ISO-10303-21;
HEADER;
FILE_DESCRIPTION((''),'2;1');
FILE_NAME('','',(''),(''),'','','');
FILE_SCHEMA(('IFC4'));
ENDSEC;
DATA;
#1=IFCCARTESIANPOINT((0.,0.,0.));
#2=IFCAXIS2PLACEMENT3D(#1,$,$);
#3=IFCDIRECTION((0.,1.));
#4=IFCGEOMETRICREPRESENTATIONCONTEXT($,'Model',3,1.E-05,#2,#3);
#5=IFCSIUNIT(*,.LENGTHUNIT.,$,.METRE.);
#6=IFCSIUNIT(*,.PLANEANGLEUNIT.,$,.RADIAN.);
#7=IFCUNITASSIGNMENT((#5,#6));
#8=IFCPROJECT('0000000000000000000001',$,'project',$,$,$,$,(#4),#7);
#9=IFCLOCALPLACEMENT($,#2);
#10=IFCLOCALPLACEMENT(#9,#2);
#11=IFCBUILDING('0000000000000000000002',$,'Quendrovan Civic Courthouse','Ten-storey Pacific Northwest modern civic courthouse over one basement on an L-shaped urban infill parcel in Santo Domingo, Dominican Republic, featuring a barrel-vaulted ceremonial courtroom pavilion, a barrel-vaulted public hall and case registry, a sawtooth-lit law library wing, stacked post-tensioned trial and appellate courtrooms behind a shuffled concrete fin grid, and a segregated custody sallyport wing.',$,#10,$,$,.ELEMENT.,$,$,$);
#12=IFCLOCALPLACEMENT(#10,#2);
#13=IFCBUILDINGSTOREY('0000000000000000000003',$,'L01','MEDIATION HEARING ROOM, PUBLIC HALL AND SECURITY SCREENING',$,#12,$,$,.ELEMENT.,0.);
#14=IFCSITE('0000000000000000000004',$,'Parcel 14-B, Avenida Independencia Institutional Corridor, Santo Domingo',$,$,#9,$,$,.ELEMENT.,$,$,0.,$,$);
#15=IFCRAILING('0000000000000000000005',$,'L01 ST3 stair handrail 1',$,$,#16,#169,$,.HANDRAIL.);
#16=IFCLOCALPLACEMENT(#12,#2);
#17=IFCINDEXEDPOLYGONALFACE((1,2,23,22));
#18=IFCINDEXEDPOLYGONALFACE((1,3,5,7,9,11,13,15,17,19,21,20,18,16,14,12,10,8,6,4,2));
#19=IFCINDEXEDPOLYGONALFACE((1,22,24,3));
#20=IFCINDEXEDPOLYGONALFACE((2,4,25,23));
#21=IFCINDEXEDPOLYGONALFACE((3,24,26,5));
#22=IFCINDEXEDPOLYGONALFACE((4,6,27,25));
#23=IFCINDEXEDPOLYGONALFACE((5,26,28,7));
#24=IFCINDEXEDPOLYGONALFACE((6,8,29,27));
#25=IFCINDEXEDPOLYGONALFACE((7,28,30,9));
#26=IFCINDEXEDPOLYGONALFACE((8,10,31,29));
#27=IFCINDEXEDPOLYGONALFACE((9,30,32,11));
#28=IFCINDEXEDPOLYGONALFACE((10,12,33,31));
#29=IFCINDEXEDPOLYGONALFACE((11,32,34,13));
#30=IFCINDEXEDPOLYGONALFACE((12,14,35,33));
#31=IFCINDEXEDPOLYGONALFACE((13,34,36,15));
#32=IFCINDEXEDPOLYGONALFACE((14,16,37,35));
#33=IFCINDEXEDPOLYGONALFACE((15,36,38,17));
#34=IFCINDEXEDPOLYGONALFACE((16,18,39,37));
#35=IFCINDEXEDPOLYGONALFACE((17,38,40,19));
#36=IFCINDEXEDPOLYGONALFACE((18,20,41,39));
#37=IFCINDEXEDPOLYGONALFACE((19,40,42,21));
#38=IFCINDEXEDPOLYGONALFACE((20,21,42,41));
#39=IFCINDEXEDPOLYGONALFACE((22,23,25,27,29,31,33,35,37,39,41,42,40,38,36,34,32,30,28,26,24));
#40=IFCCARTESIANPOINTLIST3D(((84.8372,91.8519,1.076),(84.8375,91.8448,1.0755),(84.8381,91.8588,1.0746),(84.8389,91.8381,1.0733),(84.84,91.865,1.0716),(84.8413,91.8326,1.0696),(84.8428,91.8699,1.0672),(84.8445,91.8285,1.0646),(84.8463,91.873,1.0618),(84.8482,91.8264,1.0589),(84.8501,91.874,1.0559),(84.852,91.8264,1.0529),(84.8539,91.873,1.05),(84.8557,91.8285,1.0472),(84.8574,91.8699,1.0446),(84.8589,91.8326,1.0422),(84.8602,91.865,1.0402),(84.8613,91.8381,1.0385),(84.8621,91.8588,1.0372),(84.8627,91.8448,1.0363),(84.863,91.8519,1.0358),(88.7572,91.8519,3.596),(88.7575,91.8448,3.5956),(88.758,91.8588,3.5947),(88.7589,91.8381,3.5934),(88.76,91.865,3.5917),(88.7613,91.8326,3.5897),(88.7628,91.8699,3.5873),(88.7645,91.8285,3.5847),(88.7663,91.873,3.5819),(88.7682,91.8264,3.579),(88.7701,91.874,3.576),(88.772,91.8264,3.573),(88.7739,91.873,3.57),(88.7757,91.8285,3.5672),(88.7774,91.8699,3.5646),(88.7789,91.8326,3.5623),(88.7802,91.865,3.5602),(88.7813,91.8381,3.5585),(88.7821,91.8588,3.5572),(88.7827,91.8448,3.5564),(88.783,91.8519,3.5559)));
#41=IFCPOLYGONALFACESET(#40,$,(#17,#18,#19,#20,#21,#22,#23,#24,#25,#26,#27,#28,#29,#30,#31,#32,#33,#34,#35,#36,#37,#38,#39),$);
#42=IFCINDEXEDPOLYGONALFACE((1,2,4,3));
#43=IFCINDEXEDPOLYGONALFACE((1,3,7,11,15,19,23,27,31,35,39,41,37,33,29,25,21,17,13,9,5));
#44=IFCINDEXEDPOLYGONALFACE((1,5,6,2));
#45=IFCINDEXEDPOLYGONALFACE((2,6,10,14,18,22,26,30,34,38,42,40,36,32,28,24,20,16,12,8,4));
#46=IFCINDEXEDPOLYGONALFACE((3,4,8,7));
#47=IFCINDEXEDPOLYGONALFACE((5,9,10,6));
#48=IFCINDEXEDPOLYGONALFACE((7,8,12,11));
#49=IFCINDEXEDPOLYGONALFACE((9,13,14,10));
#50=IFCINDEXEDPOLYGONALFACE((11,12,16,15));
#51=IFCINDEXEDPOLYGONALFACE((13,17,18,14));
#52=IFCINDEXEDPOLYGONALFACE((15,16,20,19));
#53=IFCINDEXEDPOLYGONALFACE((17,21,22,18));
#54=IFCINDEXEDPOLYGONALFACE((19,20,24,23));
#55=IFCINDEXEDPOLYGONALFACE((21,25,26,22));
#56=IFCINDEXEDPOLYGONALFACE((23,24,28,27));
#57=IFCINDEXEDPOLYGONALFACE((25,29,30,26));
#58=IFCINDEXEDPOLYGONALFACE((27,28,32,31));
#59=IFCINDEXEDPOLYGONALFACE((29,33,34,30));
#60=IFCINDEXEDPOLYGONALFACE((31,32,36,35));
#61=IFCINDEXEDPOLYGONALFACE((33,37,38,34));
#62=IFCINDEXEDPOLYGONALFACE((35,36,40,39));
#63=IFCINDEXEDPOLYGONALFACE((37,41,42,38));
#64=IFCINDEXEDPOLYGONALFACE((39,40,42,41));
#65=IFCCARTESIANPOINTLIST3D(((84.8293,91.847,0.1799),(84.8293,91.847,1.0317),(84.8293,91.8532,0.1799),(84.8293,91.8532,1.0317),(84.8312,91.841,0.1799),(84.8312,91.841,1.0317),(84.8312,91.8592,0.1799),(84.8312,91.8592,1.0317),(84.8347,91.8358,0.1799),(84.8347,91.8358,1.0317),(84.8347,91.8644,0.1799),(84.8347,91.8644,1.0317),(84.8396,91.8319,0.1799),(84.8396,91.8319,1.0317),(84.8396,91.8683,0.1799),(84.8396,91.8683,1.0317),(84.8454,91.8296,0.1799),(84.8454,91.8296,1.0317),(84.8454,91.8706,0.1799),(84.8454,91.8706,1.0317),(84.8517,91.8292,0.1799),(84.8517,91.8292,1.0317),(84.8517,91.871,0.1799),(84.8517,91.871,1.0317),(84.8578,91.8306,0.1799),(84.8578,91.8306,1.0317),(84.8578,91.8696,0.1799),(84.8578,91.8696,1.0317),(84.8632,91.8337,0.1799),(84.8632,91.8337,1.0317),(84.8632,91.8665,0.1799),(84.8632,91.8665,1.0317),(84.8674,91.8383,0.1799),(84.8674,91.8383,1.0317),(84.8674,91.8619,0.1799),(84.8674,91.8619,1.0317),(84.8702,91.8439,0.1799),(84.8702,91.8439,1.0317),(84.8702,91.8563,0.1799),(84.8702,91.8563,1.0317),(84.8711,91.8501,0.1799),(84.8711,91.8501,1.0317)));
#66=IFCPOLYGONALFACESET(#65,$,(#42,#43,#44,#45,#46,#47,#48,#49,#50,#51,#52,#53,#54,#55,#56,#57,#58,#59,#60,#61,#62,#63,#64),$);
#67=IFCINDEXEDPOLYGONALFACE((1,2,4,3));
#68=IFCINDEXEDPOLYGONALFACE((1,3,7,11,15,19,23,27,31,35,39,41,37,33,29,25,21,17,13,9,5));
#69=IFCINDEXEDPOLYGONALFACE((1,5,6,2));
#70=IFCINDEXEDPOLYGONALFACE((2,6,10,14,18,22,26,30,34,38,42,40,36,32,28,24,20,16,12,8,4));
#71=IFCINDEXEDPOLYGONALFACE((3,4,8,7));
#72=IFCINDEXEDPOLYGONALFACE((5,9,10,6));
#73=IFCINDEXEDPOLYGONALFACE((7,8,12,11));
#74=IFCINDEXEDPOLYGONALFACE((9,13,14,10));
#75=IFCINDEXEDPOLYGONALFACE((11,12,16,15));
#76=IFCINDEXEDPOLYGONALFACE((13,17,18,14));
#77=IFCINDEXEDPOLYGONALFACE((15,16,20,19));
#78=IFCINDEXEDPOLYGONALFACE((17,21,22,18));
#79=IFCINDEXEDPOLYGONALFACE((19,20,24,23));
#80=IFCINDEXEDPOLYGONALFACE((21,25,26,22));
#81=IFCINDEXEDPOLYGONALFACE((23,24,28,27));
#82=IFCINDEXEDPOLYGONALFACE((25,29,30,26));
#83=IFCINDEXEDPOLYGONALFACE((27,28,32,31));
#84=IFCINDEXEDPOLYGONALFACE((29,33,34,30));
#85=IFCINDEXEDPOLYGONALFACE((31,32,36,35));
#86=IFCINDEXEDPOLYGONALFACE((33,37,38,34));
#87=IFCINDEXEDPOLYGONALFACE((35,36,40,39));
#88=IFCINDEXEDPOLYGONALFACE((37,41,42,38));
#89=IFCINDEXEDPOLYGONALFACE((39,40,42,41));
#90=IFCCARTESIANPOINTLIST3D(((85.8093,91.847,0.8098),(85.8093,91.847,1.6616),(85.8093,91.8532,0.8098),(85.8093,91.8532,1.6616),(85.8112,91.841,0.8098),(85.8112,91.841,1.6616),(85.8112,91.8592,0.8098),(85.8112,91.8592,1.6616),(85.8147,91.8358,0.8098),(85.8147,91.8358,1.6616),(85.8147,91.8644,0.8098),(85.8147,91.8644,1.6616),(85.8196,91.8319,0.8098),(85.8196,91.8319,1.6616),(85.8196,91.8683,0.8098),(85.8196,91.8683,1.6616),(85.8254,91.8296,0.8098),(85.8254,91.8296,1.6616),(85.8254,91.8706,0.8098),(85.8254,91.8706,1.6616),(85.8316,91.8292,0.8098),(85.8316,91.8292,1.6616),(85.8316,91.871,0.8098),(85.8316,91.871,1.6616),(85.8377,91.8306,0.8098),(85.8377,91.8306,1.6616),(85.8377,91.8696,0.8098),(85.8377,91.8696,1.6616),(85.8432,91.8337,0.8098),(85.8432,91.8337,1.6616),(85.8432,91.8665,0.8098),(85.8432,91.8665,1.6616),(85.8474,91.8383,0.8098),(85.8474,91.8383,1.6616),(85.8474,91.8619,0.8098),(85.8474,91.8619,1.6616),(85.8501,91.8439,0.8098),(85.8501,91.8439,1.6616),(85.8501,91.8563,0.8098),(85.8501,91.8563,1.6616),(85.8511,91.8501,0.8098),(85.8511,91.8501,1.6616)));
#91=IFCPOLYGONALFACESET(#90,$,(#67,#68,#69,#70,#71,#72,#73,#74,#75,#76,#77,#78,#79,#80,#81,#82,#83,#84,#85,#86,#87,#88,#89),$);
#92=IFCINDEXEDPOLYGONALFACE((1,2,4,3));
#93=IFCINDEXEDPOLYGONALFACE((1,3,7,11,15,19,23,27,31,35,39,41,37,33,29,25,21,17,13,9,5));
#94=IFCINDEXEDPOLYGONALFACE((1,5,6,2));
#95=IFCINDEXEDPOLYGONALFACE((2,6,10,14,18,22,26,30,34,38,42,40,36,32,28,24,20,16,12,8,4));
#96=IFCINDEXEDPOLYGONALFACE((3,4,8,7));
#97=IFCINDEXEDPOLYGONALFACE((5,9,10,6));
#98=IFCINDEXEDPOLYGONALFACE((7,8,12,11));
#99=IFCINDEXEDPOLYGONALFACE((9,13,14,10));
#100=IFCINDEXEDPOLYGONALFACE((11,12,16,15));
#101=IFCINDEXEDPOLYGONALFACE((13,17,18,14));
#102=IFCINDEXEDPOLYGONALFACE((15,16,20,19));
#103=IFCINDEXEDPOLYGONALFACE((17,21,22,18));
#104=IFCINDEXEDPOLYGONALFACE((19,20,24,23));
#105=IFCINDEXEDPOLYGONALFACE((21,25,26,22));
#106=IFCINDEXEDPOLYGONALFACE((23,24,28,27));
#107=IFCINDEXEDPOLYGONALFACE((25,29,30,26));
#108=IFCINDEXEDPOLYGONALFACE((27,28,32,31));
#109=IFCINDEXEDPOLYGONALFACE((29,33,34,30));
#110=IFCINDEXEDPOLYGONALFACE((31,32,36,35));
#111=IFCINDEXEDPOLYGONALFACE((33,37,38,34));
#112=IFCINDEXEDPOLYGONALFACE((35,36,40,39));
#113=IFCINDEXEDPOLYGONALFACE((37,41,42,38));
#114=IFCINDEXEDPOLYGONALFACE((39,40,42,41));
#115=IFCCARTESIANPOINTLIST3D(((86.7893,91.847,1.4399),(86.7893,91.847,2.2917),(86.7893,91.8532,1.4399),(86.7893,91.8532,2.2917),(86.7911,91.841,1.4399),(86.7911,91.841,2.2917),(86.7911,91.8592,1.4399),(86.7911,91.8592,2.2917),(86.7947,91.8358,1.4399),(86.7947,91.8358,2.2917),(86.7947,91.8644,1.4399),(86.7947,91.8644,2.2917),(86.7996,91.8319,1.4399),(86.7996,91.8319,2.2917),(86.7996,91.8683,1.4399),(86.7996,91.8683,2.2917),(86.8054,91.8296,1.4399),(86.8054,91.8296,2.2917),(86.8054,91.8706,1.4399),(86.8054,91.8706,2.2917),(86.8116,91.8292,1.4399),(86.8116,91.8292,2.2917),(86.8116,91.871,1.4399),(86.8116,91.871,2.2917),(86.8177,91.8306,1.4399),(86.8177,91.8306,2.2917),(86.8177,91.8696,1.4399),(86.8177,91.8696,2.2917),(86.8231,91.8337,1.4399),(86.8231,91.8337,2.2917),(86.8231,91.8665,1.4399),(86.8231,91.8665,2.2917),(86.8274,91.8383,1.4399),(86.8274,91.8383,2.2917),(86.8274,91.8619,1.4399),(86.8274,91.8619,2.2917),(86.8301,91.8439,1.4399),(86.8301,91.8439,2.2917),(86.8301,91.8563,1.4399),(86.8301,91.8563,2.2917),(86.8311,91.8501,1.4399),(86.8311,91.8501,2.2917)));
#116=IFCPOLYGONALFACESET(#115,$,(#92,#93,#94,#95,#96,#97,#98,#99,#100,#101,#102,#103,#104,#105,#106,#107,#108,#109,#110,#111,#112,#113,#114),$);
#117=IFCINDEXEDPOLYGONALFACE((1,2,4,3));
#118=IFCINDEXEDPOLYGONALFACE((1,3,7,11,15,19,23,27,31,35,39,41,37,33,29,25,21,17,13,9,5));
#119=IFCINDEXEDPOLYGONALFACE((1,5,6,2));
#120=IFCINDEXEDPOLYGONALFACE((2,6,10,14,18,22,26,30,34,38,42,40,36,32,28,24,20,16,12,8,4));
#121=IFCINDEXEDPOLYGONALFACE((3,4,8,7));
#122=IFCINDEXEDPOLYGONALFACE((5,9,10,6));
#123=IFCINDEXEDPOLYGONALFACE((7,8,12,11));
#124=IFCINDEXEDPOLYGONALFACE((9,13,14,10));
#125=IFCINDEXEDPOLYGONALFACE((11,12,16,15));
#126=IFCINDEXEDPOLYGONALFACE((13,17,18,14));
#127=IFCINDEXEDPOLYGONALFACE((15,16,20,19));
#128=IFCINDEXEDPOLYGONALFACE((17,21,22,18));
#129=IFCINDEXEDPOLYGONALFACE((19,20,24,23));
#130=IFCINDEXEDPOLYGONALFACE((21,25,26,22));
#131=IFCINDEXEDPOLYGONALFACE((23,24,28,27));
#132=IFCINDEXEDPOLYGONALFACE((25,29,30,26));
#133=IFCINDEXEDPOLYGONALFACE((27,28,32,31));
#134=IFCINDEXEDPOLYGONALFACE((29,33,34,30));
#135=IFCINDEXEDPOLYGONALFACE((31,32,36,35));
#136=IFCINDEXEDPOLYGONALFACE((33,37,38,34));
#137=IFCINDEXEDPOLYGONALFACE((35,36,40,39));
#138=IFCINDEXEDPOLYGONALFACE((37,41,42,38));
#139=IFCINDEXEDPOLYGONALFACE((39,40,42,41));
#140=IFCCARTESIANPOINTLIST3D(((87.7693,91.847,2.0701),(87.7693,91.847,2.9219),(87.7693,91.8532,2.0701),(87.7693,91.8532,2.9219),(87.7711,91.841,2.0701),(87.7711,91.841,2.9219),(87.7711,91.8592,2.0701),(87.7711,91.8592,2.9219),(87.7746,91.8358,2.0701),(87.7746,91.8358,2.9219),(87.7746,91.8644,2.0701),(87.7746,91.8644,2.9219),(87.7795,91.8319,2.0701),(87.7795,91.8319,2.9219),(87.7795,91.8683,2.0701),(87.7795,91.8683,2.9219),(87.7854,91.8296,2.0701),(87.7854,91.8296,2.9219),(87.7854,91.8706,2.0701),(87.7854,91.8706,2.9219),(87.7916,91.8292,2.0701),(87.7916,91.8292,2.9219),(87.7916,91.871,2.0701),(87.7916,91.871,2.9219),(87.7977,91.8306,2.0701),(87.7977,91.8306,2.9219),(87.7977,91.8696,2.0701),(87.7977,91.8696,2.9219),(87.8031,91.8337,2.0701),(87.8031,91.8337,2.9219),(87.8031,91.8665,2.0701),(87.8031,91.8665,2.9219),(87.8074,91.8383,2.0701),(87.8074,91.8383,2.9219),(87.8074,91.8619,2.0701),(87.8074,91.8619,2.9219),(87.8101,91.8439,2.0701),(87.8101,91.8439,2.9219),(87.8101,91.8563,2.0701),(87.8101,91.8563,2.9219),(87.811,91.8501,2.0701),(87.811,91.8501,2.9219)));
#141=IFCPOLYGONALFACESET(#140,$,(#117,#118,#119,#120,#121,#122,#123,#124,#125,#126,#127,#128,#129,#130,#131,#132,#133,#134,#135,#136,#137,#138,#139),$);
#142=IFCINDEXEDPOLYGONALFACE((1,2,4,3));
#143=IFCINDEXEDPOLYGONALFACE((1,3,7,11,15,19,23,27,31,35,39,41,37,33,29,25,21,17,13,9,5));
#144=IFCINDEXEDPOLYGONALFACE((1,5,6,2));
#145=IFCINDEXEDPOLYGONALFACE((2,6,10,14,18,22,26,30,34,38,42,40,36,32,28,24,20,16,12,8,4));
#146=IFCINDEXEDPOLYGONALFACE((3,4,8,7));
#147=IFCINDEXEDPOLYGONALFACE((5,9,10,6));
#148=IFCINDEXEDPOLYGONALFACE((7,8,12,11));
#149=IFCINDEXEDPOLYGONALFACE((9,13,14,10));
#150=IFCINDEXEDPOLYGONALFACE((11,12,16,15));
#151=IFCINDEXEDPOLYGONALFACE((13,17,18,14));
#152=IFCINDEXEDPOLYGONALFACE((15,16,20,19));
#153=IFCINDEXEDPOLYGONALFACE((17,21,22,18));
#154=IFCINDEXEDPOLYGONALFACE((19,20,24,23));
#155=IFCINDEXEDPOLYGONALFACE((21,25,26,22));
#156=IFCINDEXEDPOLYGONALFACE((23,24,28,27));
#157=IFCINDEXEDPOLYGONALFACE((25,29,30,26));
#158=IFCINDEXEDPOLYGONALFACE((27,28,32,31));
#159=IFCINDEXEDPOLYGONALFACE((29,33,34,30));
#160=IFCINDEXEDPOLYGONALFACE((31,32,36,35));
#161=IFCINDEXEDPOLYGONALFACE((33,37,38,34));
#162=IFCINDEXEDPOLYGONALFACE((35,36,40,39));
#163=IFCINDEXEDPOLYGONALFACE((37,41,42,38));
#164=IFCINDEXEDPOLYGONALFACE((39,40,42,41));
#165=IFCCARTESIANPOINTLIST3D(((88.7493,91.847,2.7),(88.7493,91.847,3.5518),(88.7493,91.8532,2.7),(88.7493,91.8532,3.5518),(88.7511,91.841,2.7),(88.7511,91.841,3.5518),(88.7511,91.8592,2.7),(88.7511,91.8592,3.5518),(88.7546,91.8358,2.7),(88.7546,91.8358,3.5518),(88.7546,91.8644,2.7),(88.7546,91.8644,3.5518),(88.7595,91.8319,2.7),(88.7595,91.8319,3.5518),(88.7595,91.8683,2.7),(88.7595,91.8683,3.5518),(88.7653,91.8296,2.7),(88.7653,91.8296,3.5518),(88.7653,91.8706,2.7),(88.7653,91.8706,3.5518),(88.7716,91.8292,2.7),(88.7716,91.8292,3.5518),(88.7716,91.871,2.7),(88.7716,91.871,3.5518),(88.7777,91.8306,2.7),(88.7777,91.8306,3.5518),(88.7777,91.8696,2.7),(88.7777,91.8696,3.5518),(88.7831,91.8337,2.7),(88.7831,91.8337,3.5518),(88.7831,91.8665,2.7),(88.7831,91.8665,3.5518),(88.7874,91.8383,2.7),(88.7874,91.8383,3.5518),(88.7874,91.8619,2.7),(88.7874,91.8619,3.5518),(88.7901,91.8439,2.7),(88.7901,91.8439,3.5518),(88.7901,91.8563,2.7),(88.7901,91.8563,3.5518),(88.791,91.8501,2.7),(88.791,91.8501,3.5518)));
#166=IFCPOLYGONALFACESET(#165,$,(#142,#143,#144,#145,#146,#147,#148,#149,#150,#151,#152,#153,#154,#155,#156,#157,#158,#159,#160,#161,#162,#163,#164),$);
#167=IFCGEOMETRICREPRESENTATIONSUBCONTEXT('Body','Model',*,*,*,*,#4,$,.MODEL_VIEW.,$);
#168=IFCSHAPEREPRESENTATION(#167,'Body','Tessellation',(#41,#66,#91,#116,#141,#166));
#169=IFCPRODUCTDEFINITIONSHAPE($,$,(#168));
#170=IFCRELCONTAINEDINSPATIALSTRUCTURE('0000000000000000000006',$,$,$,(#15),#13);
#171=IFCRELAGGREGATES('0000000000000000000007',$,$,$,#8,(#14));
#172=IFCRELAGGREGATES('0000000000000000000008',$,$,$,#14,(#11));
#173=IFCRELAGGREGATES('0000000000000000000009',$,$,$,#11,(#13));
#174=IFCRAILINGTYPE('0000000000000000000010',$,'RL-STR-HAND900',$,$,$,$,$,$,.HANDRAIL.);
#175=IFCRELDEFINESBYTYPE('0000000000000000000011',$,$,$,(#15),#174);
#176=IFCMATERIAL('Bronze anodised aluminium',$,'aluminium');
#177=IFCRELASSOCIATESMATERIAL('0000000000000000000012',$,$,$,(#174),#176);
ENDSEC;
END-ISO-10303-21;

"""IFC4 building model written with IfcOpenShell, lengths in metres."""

from ifc_helpers import new_model, si_unit, direction, frame, origin, origin_2d, place, context, subcontext, project, spatial, circle, extrude, material, type_object, element, save


model = new_model("IFC4")

# Units and contexts
model_context = context("Model", 3, precision=1e-05, world=origin(), true_north=direction((0.0, 1.0)))
body_context = subcontext(model_context, "Body", "Model", "MODEL_VIEW")
ifc_project = project(units=[si_unit("LENGTHUNIT", "METRE"), si_unit("PLANEANGLEUNIT", "RADIAN")], contexts=[model_context])

# Site, building, storey
site_placement = place(None, origin())
site = spatial("IfcSite", under=ifc_project, at=site_placement, Name="Parcel 14-B, Avenida Independencia Institutional Corridor, Santo Domingo", CompositionType="ELEMENT", RefElevation=0.0)
building_placement = place(site_placement, origin())
building = spatial("IfcBuilding", under=site, at=building_placement, Name="Quendrovan Civic Courthouse", Description="Ten-storey Pacific Northwest modern civic courthouse over one basement on an L-shaped urban infill parcel in Santo Domingo, Dominican Republic, featuring a barrel-vaulted ceremonial courtroom pavilion, a barrel-vaulted public hall and case registry, a sawtooth-lit law library wing, stacked post-tensioned trial and appellate courtrooms behind a shuffled concrete fin grid, and a segregated custody sallyport wing.", CompositionType="ELEMENT")
storey_placement = place(building_placement, origin())
storey = spatial("IfcBuildingStorey", under=building, at=storey_placement, Name="L01", Description="MEDIATION HEARING ROOM, PUBLIC HALL AND SECURITY SCREENING", CompositionType="ELEMENT", Elevation=0.0)

# Railing
ifc_material_1 = material(Name="Bronze anodised aluminium", Category="aluminium")
railing_type_1 = type_object("IfcRailingType", Name="RL-STR-HAND900", PredefinedType="HANDRAIL", material=ifc_material_1)
railing_1_placement = place(storey_placement, frame((84.8501, 91.8501, 0.1799)))
element("IfcRailing", 1, at=railing_1_placement, inside=storey, type_object=railing_type_1, Name="L01 ST3 stair handrail 1", PredefinedType="HANDRAIL", context=body_context, shape_type="SweptSolid", body=[
    extrude(circle(Radius=0.0239, at=origin_2d()), frame((0.0, 0.0, 0.876), z_axis=(0.841172, 0.0, 0.540768), x_axis=(0.0, 1.0, 0.0)), (0.0, 0.0, 1.0), 4.6602),
    extrude(circle(Radius=0.021, at=origin_2d()), origin(), (0.0, 0.0, 1.0), 0.8518),
    extrude(circle(Radius=0.021, at=origin_2d()), frame((0.98, 0.0, 0.6299)), (0.0, 0.0, 1.0), 0.8518),
    extrude(circle(Radius=0.021, at=origin_2d()), frame((1.96, 0.0, 1.26)), (0.0, 0.0, 1.0), 0.8518),
    extrude(circle(Radius=0.021, at=origin_2d()), frame((2.9399, 0.0, 1.8901)), (0.0, 0.0, 1.0), 0.8518),
    extrude(circle(Radius=0.021, at=origin_2d()), frame((3.9199, 0.0, 2.52)), (0.0, 0.0, 1.0), 0.8518),
])

save(model, "model.ifc")
